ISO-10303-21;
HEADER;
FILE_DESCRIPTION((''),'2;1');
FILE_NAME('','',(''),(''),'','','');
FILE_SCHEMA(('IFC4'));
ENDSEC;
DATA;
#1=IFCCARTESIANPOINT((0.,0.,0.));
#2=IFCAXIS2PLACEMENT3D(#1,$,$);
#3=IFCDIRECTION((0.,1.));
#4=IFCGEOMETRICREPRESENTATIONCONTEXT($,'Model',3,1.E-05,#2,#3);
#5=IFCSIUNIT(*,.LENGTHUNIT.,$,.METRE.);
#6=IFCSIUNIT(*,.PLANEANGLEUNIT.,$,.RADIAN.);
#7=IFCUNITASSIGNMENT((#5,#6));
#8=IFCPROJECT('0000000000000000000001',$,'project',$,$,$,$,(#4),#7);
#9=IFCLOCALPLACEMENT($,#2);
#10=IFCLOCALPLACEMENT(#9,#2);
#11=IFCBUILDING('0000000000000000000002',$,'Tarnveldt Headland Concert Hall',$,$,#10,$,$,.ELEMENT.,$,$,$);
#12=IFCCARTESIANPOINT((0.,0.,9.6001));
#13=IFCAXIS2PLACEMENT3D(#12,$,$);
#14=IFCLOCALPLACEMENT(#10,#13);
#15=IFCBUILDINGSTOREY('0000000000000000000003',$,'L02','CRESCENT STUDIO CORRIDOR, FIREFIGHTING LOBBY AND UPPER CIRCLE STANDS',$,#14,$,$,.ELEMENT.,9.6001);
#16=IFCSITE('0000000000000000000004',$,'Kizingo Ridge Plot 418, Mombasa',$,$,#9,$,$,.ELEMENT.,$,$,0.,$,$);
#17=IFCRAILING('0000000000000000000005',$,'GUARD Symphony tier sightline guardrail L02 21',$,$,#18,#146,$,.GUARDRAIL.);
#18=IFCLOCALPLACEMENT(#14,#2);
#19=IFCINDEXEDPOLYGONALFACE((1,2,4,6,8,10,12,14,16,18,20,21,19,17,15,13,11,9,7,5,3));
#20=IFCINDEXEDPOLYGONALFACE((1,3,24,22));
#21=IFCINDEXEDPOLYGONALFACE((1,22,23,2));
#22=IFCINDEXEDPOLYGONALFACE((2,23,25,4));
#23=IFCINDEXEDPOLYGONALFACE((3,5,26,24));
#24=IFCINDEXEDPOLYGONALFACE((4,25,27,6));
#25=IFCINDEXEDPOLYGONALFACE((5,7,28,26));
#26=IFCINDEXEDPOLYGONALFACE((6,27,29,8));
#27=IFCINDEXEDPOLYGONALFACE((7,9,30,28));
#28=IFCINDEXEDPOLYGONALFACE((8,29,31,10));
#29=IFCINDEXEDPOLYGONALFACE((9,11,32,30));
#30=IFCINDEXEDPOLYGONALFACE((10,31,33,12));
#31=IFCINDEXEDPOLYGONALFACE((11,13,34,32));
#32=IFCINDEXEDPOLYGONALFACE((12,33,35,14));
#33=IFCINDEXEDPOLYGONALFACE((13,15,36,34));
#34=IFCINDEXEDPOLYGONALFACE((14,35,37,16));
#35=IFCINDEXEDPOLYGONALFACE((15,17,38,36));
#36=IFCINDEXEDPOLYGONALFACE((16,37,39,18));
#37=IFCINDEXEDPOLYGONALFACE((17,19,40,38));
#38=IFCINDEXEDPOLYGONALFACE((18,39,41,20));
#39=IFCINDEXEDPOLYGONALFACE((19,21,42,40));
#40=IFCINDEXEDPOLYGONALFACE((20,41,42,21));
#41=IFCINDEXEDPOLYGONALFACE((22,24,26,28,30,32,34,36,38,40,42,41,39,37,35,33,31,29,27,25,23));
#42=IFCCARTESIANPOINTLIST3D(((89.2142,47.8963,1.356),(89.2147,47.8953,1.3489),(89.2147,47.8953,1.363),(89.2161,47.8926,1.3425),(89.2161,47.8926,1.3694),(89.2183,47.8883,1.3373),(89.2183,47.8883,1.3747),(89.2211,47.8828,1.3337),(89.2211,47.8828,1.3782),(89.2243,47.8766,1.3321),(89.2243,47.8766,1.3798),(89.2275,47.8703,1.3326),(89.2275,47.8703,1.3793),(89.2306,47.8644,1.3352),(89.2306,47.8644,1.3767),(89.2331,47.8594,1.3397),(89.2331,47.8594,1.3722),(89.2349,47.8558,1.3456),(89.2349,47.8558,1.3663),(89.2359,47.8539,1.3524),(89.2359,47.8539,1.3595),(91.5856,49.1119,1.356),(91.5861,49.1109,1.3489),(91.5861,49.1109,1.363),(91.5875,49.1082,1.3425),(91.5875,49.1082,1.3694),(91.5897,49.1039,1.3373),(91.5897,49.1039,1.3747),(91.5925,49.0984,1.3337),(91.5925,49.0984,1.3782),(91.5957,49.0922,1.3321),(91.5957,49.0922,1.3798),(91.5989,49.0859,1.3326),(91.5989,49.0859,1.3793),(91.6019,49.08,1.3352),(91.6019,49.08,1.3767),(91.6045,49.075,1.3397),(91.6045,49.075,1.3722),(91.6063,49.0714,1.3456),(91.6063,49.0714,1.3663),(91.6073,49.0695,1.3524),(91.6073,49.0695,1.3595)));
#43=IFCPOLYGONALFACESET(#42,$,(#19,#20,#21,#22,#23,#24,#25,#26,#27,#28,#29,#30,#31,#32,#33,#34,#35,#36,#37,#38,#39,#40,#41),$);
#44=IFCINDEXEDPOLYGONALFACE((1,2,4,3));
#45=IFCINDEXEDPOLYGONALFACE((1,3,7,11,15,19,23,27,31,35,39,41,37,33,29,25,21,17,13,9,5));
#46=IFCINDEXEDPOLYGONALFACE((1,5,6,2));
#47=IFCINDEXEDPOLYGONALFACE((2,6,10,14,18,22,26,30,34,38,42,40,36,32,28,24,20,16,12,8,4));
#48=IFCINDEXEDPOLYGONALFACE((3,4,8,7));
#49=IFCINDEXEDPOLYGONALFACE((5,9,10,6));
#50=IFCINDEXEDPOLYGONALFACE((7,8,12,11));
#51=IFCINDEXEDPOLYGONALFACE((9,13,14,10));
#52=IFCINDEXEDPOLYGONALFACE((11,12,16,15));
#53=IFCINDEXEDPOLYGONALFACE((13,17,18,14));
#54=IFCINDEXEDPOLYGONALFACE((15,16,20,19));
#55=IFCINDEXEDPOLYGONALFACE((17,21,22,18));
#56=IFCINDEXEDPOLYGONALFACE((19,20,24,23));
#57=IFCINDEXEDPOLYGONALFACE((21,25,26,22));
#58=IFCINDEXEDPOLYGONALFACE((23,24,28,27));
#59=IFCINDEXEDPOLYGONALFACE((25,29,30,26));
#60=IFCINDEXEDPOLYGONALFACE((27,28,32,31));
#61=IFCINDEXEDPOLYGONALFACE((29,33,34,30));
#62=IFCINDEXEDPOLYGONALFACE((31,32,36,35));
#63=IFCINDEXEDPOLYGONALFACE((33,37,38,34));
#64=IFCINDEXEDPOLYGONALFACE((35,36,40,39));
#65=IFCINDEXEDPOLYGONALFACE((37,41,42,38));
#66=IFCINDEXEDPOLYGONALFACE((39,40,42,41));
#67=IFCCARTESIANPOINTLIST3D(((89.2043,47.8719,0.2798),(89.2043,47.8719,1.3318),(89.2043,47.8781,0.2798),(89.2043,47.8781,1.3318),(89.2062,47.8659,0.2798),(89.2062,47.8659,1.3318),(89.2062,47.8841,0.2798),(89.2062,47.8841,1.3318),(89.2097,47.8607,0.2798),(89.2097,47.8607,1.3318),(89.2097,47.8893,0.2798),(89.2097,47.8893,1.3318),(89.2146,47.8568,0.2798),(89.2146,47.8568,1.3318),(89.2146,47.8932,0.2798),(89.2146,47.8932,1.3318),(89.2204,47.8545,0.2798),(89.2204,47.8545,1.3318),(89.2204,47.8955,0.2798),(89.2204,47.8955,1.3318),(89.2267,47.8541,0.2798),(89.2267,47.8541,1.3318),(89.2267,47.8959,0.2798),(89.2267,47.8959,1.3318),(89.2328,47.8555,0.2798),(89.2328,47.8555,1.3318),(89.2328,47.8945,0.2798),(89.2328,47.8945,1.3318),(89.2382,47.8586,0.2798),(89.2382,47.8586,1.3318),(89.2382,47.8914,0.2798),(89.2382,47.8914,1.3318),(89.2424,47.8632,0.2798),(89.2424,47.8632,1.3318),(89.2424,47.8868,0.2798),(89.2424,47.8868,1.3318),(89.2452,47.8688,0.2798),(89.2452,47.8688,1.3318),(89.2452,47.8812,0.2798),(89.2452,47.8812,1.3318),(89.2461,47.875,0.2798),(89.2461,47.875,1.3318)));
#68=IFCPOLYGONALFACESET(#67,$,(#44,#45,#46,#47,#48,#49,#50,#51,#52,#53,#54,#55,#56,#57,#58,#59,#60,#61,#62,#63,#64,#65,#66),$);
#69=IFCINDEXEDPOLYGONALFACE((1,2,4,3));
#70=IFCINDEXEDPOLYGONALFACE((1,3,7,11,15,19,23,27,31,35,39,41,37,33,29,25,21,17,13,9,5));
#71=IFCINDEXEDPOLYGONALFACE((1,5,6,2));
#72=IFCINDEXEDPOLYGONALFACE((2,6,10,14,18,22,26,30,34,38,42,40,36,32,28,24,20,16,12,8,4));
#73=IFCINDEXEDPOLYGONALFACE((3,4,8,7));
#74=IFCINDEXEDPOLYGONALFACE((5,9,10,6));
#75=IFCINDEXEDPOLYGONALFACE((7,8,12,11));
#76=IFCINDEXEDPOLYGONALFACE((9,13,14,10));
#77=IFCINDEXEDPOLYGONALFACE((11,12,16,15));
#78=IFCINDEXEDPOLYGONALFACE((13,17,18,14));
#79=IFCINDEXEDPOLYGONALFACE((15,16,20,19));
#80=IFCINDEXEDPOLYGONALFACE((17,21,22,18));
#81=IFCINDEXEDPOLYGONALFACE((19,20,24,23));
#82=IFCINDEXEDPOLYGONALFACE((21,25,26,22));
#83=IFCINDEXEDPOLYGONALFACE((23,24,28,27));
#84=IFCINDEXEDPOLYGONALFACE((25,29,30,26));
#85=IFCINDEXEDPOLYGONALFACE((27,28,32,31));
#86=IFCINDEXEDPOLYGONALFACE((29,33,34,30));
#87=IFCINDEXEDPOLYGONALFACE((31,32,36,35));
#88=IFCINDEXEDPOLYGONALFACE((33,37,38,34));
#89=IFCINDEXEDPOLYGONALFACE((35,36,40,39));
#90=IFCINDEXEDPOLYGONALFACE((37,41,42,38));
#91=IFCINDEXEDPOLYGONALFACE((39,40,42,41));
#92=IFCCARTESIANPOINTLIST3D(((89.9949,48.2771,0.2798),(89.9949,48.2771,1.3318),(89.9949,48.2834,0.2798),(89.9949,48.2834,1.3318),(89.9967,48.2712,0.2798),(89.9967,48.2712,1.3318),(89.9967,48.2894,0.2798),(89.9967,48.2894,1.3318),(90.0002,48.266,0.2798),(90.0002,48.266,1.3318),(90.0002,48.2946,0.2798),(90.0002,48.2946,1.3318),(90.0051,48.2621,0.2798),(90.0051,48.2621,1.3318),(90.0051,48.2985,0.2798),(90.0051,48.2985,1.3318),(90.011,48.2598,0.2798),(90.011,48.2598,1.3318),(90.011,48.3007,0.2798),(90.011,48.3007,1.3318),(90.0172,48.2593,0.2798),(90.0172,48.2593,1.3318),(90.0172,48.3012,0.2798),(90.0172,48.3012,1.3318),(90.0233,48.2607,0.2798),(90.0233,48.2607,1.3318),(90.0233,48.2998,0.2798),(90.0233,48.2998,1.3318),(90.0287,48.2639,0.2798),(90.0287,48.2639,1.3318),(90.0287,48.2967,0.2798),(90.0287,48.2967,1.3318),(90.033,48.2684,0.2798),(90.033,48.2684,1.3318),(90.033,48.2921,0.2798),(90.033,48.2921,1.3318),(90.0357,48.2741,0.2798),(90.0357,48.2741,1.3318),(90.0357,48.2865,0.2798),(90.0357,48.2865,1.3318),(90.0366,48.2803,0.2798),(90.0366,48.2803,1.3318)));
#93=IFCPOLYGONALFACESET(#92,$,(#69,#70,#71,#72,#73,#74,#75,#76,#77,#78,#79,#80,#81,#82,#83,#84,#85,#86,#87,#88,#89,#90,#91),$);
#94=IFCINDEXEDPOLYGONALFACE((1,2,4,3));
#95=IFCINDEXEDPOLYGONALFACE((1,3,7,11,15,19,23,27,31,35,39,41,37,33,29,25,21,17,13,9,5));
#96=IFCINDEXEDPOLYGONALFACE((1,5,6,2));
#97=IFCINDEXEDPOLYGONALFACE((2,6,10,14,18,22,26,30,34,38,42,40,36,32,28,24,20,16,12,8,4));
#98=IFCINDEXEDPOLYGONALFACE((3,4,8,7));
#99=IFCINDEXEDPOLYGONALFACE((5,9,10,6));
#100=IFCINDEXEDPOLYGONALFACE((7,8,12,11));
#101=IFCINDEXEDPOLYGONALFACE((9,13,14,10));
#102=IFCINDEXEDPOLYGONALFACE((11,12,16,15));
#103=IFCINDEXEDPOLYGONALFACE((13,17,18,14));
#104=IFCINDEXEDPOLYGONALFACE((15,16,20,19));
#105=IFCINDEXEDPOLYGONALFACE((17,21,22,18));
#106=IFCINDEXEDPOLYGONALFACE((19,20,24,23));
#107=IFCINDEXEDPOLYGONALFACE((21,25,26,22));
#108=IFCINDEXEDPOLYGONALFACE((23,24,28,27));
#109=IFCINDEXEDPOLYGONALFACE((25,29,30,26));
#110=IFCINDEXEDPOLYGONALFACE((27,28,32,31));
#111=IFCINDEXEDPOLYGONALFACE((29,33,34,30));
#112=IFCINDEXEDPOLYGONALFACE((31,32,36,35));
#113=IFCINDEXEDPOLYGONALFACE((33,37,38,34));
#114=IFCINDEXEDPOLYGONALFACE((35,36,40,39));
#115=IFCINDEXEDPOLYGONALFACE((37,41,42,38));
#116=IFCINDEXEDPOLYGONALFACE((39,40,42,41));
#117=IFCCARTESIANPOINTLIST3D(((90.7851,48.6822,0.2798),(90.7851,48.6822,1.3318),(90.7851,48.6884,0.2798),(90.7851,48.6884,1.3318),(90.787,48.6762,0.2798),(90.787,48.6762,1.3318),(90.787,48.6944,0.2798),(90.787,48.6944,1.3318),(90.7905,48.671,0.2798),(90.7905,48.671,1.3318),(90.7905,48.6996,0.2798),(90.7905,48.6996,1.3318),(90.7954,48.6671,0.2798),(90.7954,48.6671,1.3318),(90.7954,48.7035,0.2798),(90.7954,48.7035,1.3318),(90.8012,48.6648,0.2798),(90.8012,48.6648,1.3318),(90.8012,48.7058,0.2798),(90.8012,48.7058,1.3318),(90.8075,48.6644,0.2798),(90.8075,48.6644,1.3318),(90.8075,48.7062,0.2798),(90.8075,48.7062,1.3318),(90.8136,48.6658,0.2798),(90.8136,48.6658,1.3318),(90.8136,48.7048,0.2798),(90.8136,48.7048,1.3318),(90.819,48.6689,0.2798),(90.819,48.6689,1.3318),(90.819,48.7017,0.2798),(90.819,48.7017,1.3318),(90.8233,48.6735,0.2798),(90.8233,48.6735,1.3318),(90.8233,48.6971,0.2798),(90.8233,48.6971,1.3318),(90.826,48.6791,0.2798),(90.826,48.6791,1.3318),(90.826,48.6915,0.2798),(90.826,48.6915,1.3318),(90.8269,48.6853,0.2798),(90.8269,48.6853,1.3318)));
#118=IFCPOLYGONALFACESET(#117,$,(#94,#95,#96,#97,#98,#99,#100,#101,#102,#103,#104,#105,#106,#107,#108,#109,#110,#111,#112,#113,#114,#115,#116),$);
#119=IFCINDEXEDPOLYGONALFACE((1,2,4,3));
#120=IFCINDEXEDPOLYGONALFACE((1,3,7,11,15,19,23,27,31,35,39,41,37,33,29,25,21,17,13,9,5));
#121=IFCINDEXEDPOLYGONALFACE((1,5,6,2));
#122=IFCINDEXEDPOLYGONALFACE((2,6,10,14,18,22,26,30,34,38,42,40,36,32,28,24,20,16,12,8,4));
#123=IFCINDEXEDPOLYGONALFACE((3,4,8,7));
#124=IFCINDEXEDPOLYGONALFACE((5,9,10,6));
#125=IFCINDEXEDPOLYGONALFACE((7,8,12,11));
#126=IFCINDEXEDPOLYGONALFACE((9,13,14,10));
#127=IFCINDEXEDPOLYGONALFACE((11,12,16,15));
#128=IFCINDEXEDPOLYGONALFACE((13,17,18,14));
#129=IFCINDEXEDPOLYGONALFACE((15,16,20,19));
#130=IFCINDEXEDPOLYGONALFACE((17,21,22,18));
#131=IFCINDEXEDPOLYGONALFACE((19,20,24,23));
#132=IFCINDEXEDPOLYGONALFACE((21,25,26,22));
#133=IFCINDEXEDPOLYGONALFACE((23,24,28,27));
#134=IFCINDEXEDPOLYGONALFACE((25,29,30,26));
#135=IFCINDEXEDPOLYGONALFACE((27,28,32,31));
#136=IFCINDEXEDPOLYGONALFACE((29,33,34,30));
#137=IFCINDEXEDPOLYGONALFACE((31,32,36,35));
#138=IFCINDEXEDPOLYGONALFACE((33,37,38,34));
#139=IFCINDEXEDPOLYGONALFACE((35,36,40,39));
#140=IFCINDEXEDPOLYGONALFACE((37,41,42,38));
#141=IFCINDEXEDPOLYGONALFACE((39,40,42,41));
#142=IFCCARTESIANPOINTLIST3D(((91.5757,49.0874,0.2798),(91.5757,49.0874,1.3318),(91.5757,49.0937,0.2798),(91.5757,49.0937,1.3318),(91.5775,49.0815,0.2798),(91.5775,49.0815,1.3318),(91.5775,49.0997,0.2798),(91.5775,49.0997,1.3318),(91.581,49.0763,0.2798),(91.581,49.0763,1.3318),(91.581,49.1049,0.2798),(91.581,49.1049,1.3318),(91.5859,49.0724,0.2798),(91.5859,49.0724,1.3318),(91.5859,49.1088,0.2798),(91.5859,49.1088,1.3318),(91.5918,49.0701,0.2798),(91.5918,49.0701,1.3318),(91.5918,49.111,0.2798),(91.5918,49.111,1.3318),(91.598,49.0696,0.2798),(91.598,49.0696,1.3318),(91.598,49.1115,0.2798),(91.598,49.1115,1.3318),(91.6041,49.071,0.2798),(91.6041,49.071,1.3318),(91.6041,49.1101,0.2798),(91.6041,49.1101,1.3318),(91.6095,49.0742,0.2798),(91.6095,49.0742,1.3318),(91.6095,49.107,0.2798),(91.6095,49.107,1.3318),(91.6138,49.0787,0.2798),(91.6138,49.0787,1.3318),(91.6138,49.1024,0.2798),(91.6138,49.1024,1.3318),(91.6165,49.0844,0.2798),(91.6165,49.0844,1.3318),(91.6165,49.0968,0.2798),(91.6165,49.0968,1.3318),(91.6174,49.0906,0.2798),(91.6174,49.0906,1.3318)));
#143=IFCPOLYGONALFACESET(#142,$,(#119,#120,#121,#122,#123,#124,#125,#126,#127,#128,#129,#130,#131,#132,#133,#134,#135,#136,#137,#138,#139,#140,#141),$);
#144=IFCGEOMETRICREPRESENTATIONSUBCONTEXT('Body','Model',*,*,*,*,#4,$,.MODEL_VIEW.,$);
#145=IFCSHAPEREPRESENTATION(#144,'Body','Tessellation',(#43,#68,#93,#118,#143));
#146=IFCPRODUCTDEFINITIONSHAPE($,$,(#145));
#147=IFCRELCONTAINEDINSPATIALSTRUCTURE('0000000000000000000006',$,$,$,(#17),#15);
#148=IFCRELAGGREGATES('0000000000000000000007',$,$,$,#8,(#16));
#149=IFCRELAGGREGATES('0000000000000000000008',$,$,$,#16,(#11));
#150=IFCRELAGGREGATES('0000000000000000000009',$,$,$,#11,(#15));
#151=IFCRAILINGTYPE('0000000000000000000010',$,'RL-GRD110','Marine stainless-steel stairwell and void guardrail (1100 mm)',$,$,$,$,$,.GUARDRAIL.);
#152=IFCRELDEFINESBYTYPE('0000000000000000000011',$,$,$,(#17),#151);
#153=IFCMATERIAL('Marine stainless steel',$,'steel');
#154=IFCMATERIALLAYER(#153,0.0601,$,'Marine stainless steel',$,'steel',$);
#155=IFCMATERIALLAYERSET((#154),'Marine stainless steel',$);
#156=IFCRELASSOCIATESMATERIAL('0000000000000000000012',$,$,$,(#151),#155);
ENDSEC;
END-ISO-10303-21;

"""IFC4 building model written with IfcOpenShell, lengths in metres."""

from ifc_helpers import new_model, si_unit, direction, frame, origin, origin_2d, place, context, subcontext, project, spatial, circle, extrude, material, layer, layer_set, type_object, element, save


model = new_model("IFC4")

# Units and contexts
model_context = context("Model", 3, precision=1e-05, world=origin(), true_north=direction((0.0, 1.0)))
body_context = subcontext(model_context, "Body", "Model", "MODEL_VIEW")
ifc_project = project(units=[si_unit("LENGTHUNIT", "METRE"), si_unit("PLANEANGLEUNIT", "RADIAN")], contexts=[model_context])

# Site, building, storey
site_placement = place(None, origin())
site = spatial("IfcSite", under=ifc_project, at=site_placement, Name="Kizingo Ridge Plot 418, Mombasa", CompositionType="ELEMENT", RefElevation=0.0)
building_placement = place(site_placement, origin())
building = spatial("IfcBuilding", under=site, at=building_placement, Name="Tarnveldt Headland Concert Hall", CompositionType="ELEMENT")
storey_placement = place(building_placement, frame((0.0, 0.0, 9.6001)))
storey = spatial("IfcBuildingStorey", under=building, at=storey_placement, Name="L02", Description="CRESCENT STUDIO CORRIDOR, FIREFIGHTING LOBBY AND UPPER CIRCLE STANDS", CompositionType="ELEMENT", Elevation=9.6001)

# Railing
ifc_material_1 = material(Name="Marine stainless steel", Category="steel")
ifc_layer = layer(ifc_material_1, 0.0601, Name="Marine stainless steel", Category="steel")
ifc_layer_set = layer_set([ifc_layer], Name="Marine stainless steel")
railing_type = type_object("IfcRailingType", Name="RL-GRD110", Description="Marine stainless-steel stairwell and void guardrail (1100 mm)", PredefinedType="GUARDRAIL", material=ifc_layer_set)
railing_1_placement = place(storey_placement, frame((89.2251, 47.875, 0.2798)))
element("IfcRailing", 1, at=railing_1_placement, inside=storey, type_object=railing_type, Name="GUARD Symphony tier sightline guardrail L02 21", PredefinedType="GUARDRAIL", context=body_context, shape_type="SweptSolid", body=[
    extrude(circle(Radius=0.0239, at=origin_2d()), frame((0.0, 0.0, 1.0762), z_axis=(0.889893, 0.45617, 0.0), x_axis=(-0.45617, 0.889893, 0.0)), (0.0, 0.0, 1.0), 2.6648),
    extrude(circle(Radius=0.021, at=origin_2d()), origin(), (0.0, 0.0, 1.0), 1.052),
    extrude(circle(Radius=0.021, at=origin_2d()), frame((0.7905, 0.4053, 0.0)), (0.0, 0.0, 1.0), 1.052),
    extrude(circle(Radius=0.021, at=origin_2d()), frame((1.5808, 0.8103, 0.0)), (0.0, 0.0, 1.0), 1.052),
    extrude(circle(Radius=0.021, at=origin_2d()), frame((2.3713, 1.2156, 0.0)), (0.0, 0.0, 1.0), 1.052),
])

save(model, "model.ifc")
